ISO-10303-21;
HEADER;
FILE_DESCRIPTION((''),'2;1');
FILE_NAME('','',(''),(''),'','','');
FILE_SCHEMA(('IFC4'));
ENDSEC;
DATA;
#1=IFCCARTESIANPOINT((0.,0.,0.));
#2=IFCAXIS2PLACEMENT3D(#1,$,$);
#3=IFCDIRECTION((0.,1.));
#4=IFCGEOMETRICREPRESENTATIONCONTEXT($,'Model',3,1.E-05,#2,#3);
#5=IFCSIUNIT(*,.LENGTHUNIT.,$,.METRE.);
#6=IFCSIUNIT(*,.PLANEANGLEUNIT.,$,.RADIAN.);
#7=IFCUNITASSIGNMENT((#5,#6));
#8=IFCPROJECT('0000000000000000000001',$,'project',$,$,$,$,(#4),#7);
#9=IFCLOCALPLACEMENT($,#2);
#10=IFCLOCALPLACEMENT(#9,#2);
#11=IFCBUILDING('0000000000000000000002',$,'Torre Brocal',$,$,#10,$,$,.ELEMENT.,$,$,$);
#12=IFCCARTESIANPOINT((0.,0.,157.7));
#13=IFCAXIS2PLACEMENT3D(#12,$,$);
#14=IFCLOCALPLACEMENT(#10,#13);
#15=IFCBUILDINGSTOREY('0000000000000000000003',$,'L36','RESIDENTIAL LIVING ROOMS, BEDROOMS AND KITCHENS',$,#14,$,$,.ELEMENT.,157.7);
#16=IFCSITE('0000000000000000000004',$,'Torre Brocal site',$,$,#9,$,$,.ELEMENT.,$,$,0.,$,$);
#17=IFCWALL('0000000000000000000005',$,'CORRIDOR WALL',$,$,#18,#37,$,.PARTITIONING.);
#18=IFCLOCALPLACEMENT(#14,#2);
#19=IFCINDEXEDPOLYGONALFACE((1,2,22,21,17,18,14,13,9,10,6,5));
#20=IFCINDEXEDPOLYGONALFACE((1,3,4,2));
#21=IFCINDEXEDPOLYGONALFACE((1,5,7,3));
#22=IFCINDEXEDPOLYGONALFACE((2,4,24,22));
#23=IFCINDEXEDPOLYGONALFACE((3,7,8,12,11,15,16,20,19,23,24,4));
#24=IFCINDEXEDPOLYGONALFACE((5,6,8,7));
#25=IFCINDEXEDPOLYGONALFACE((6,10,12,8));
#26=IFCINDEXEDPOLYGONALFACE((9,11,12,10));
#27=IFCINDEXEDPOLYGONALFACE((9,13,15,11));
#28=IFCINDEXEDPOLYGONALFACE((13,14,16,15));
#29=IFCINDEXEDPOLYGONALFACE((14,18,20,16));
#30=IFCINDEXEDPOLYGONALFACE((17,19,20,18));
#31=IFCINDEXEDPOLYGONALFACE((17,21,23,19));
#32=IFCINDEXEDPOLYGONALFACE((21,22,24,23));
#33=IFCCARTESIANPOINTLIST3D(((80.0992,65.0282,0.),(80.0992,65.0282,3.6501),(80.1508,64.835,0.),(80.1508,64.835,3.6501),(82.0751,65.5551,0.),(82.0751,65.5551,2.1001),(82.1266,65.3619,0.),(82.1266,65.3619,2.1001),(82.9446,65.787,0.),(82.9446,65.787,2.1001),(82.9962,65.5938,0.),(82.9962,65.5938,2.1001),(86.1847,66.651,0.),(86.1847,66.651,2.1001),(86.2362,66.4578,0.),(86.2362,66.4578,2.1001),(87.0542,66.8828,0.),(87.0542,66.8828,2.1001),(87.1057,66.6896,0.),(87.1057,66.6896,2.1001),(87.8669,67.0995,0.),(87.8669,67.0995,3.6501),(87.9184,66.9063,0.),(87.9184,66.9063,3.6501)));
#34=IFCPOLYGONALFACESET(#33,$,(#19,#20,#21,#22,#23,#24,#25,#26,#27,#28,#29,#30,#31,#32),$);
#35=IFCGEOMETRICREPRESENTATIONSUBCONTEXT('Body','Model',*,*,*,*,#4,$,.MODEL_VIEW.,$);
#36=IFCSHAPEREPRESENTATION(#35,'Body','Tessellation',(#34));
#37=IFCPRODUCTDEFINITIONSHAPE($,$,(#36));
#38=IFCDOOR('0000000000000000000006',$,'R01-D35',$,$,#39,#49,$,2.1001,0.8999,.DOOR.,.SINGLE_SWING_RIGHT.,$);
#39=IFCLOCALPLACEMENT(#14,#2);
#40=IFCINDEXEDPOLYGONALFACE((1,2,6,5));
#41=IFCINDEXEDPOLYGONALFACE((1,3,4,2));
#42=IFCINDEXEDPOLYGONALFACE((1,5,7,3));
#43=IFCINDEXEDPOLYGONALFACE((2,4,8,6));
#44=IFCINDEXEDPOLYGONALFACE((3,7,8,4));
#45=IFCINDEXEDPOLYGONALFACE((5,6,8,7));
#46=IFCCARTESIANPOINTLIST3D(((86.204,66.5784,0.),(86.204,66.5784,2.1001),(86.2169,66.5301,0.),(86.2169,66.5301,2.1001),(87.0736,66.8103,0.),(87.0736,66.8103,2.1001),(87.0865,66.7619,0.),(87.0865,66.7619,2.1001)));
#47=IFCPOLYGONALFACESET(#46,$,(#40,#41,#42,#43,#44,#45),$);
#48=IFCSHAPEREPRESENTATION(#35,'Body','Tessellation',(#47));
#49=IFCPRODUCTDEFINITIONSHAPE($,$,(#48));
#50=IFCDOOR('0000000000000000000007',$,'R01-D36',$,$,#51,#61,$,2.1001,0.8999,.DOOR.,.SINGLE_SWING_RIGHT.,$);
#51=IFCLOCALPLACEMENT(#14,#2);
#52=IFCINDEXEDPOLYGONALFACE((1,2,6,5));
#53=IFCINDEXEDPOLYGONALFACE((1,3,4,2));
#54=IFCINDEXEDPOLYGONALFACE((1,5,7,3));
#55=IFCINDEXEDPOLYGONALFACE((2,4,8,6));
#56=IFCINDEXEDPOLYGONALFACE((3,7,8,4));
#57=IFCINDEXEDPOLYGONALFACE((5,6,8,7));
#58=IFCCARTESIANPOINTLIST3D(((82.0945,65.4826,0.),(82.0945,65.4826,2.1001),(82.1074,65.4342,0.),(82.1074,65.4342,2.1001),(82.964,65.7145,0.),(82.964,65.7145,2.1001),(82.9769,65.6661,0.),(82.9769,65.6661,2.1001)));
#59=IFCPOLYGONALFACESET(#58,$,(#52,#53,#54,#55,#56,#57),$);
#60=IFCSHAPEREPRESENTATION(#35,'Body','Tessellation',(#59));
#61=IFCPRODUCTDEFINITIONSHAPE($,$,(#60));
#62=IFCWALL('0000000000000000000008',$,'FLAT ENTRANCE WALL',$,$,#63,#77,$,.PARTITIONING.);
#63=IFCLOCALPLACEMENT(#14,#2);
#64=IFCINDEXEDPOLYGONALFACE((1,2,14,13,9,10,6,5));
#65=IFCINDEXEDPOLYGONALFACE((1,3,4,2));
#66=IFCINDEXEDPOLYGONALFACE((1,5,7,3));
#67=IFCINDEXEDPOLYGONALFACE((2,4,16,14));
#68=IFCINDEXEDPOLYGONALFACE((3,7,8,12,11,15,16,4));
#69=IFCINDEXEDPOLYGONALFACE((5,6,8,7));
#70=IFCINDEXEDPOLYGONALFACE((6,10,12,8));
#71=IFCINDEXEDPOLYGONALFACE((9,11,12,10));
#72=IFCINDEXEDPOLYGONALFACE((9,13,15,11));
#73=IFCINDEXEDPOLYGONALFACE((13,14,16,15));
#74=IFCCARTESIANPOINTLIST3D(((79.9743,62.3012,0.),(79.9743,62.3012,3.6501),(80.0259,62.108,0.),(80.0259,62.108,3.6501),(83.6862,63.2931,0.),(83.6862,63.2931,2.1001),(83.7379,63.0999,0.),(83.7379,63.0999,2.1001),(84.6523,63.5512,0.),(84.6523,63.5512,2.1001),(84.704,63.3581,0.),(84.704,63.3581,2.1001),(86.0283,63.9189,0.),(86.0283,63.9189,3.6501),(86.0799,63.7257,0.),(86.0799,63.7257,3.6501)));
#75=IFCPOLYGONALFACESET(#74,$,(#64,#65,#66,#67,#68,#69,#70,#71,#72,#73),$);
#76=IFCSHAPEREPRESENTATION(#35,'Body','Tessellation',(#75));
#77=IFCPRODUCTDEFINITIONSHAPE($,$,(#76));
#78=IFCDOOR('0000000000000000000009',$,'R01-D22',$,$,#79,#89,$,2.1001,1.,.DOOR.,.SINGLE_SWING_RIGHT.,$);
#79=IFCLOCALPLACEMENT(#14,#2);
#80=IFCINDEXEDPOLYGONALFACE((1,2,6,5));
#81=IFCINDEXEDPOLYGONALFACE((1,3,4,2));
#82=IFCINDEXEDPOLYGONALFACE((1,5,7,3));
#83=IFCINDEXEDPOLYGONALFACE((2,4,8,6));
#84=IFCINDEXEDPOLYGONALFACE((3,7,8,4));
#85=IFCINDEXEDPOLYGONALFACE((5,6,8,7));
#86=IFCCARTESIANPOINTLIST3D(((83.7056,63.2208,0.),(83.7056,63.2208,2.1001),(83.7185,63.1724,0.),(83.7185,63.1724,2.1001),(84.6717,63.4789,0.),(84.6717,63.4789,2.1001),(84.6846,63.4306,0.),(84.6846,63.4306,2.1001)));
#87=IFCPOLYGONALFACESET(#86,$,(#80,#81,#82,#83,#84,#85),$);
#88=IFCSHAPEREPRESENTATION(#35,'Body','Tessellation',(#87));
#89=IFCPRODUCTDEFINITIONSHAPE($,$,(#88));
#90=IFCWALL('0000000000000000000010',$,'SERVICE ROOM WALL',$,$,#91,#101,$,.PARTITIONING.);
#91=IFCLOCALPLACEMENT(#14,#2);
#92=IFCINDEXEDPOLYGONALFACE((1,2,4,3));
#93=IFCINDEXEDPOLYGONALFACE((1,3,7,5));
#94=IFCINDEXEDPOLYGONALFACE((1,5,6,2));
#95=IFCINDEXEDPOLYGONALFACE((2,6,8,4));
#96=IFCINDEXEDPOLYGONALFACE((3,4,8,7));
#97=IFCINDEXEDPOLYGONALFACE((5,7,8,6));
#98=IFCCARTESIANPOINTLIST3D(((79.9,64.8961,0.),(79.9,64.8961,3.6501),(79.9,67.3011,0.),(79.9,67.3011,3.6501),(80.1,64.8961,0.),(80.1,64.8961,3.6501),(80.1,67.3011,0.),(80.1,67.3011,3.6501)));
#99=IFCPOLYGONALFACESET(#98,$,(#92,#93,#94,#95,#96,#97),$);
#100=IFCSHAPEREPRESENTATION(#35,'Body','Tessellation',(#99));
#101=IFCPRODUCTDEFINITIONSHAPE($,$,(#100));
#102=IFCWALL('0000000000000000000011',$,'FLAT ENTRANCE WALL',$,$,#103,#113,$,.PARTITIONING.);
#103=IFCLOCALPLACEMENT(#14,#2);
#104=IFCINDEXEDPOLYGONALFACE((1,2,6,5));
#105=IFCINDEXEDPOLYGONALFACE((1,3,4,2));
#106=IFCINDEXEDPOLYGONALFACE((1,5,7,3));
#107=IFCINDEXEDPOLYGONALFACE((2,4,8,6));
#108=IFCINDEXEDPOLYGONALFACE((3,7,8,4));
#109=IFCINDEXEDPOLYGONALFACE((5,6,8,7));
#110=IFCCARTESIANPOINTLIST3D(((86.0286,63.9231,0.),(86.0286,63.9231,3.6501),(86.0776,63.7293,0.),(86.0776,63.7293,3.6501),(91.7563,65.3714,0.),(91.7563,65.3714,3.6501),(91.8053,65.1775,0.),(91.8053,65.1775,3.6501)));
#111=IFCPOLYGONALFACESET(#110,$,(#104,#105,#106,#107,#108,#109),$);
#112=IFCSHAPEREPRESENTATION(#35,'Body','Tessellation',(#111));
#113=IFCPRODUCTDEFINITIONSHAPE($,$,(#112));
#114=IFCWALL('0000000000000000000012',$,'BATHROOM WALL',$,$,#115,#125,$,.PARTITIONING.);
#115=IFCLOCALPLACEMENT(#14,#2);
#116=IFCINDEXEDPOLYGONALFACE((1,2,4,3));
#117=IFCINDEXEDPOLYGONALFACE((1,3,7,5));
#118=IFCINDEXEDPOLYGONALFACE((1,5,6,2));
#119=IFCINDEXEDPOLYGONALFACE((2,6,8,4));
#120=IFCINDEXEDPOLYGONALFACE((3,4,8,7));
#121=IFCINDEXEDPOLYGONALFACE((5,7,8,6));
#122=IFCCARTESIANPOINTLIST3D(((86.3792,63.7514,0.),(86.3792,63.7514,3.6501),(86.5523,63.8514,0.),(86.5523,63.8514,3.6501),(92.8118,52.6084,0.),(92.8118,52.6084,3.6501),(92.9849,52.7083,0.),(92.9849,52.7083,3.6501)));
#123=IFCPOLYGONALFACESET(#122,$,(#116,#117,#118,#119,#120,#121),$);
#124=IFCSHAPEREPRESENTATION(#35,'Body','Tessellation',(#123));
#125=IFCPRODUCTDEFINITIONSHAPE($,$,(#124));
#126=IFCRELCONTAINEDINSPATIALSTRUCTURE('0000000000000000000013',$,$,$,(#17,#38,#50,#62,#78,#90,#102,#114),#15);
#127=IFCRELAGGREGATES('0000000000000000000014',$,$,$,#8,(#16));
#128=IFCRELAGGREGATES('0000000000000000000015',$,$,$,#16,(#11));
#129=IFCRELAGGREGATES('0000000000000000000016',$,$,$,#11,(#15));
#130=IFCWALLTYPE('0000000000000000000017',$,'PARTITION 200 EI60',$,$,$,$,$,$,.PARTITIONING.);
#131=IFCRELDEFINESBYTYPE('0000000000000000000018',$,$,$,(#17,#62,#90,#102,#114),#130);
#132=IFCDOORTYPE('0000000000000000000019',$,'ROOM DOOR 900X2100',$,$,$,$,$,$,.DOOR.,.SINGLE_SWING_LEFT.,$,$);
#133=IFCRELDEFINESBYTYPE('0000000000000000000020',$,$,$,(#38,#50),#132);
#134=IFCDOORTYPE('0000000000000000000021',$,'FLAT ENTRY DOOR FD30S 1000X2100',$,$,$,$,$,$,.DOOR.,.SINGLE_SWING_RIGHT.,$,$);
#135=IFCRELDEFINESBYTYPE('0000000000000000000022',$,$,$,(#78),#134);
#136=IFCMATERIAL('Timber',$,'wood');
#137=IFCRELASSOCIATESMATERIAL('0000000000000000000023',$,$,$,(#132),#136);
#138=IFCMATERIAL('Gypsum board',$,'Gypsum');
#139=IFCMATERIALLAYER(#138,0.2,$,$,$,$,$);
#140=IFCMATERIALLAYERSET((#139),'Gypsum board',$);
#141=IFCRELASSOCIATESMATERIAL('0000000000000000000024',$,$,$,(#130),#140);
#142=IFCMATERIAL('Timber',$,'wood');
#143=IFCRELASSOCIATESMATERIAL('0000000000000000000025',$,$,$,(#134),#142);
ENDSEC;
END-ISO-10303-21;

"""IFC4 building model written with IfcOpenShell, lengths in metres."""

from ifc_helpers import new_model, si_unit, direction, frame, frame_2d, origin, place, context, subcontext, project, spatial, rectangle, extrude, material, layer, layer_set, type_object, element, fill, save


model = new_model("IFC4")

# Units and contexts
model_context = context("Model", 3, precision=1e-05, world=origin(), true_north=direction((0.0, 1.0)))
body_context = subcontext(model_context, "Body", "Model", "MODEL_VIEW")
ifc_project = project(units=[si_unit("LENGTHUNIT", "METRE"), si_unit("PLANEANGLEUNIT", "RADIAN")], contexts=[model_context])

# Site, building, storey
site_placement = place(None, origin())
site = spatial("IfcSite", under=ifc_project, at=site_placement, Name="Torre Brocal site", CompositionType="ELEMENT", RefElevation=0.0)
building_placement = place(site_placement, origin())
building = spatial("IfcBuilding", under=site, at=building_placement, Name="Torre Brocal", CompositionType="ELEMENT")
storey_placement = place(building_placement, frame((0.0, 0.0, 157.7)))
storey = spatial("IfcBuildingStorey", under=building, at=storey_placement, Name="L36", Description="RESIDENTIAL LIVING ROOMS, BEDROOMS AND KITCHENS", CompositionType="ELEMENT", Elevation=157.7)

# Wall, openings, doors
ifc_material_1 = material(Name="Timber", Category="wood")
door_type_1 = type_object("IfcDoorType", Name="ROOM DOOR 900X2100", OperationType="SINGLE_SWING_LEFT", PredefinedType="DOOR", material=ifc_material_1)
ifc_material_2 = material(Name="Gypsum board", Category="Gypsum")
ifc_layer_1 = layer(ifc_material_2, 0.2)
ifc_layer_set_1 = layer_set([ifc_layer_1], Name="Gypsum board")
wall_type_1 = type_object("IfcWallType", Name="PARTITION 200 EI60", PredefinedType="PARTITIONING", material=ifc_layer_set_1)
wall_1_placement = place(storey_placement, frame((80.125, 64.9316, 0.0), z_axis=(0.0, 0.0, 1.0), x_axis=(0.966237, 0.257655, 0.0)))
wall_1 = element("IfcWall", 1, at=wall_1_placement, inside=storey, type_object=wall_type_1, Name="CORRIDOR WALL", PredefinedType="PARTITIONING", context=body_context, shape_type="SweptSolid", body=[
    extrude(rectangle(XDim=8.0391, YDim=0.2, at=frame_2d((4.0195, 0.0))), origin(), (0.0, 0.0, 1.0), 3.6501),
])
opening_1_placement = place(wall_1_placement, frame((6.2981, 0.0, 0.0)))
opening_1 = element("IfcOpeningElement", 2, at=opening_1_placement, cuts=wall_1, PredefinedType="OPENING", context=body_context, shape_type="SweptSolid", body=[
    extrude(rectangle(XDim=0.8999, YDim=2.1001, at=frame_2d((0.45, 1.05))), frame((0.0, 0.1099, 0.0), z_axis=(0.0, -1.0, 0.0), x_axis=(1.0, 0.0, 0.0)), (0.0, 0.0, 1.0), 0.22),
])
opening_2_placement = place(wall_1_placement, frame((2.0449, 0.0, 0.0)))
opening_2 = element("IfcOpeningElement", 3, at=opening_2_placement, cuts=wall_1, PredefinedType="OPENING", context=body_context, shape_type="SweptSolid", body=[
    extrude(rectangle(XDim=0.8999, YDim=2.1001, at=frame_2d((0.45, 1.05))), frame((0.0, 0.1099, 0.0), z_axis=(0.0, -1.0, 0.0), x_axis=(1.0, 0.0, 0.0)), (0.0, 0.0, 1.0), 0.22),
])
door_1_placement = place(opening_1_placement, origin())
door_1 = element("IfcDoor", 4, at=door_1_placement, inside=storey, type_object=door_type_1, Name="R01-D35", OperationType="SINGLE_SWING_RIGHT", OverallHeight=2.1001, OverallWidth=0.8999, PredefinedType="DOOR", context=body_context, shape_type="SweptSolid", body=[
    extrude(rectangle(XDim=0.8999, YDim=2.1001, at=frame_2d((0.45, 1.05))), frame((0.0, 0.0249, 0.0), z_axis=(0.0, -1.0, 0.0), x_axis=(1.0, 0.0, 0.0)), (0.0, 0.0, 1.0), 0.05),
])
fill(opening_1, door_1)
door_2_placement = place(opening_2_placement, origin())
door_2 = element("IfcDoor", 5, at=door_2_placement, inside=storey, type_object=door_type_1, Name="R01-D36", OperationType="SINGLE_SWING_RIGHT", OverallHeight=2.1001, OverallWidth=0.8999, PredefinedType="DOOR", context=body_context, shape_type="SweptSolid", body=[
    extrude(rectangle(XDim=0.8999, YDim=2.1001, at=frame_2d((0.45, 1.05))), frame((0.0, 0.0249, 0.0), z_axis=(0.0, -1.0, 0.0), x_axis=(1.0, 0.0, 0.0)), (0.0, 0.0, 1.0), 0.05),
])
fill(opening_2, door_2)

# Wall, opening, door
wall_2_placement = place(storey_placement, frame((80.0, 62.2046, 0.0), z_axis=(0.0, 0.0, 1.0), x_axis=(0.966104, 0.258152, 0.0)))
wall_2 = element("IfcWall", 6, at=wall_2_placement, inside=storey, type_object=wall_type_1, Name="FLAT ENTRANCE WALL", PredefinedType="PARTITIONING", context=body_context, shape_type="SweptSolid", body=[
    extrude(rectangle(XDim=6.2664, YDim=0.2, at=frame_2d((3.1333, 0.0))), origin(), (0.0, 0.0, 1.0), 3.6501),
])
opening_3_placement = place(wall_2_placement, frame((3.8423, 0.0, 0.0)))
opening_3 = element("IfcOpeningElement", 7, at=opening_3_placement, cuts=wall_2, PredefinedType="OPENING", context=body_context, shape_type="SweptSolid", body=[
    extrude(rectangle(XDim=1.0, YDim=2.1001, at=frame_2d((0.5, 1.05))), frame((0.0, 0.1099, 0.0), z_axis=(0.0, -1.0, 0.0), x_axis=(1.0, 0.0, 0.0)), (0.0, 0.0, 1.0), 0.22),
])
ifc_material_3 = material(Name="Timber", Category="wood")
door_type_2 = type_object("IfcDoorType", Name="FLAT ENTRY DOOR FD30S 1000X2100", OperationType="SINGLE_SWING_RIGHT", PredefinedType="DOOR", material=ifc_material_3)
door_3_placement = place(opening_3_placement, frame((1.0, 0.0, 0.0), z_axis=(0.0, 0.0, 1.0), x_axis=(-1.0, 0.0, 0.0)))
door_3 = element("IfcDoor", 8, at=door_3_placement, inside=storey, type_object=door_type_2, Name="R01-D22", OperationType="SINGLE_SWING_RIGHT", OverallHeight=2.1001, OverallWidth=1.0, PredefinedType="DOOR", context=body_context, shape_type="SweptSolid", body=[
    extrude(rectangle(XDim=1.0, YDim=2.1001, at=frame_2d((0.5, 1.05))), frame((0.0, 0.0249, 0.0), z_axis=(0.0, -1.0, 0.0), x_axis=(1.0, 0.0, 0.0)), (0.0, 0.0, 1.0), 0.05),
])
fill(opening_3, door_3)

# Walls
wall_3_placement = place(storey_placement, frame((80.0, 64.896, 0.0), z_axis=(0.0, 0.0, 1.0), x_axis=(0.0, 1.0, 0.0)))
element("IfcWall", 9, at=wall_3_placement, inside=storey, type_object=wall_type_1, Name="SERVICE ROOM WALL", PredefinedType="PARTITIONING", context=body_context, shape_type="SweptSolid", body=[
    extrude(rectangle(XDim=2.405, YDim=0.2, at=frame_2d((1.2026, 0.0))), origin(), (0.0, 0.0, 1.0), 3.6501),
])
wall_4_placement = place(storey_placement, frame((86.053, 63.8262, 0.0), z_axis=(0.0, 0.0, 1.0), x_axis=(0.96949, 0.245131, 0.0)))
element("IfcWall", 10, at=wall_4_placement, inside=storey, type_object=wall_type_1, Name="FLAT ENTRANCE WALL", PredefinedType="PARTITIONING", context=body_context, shape_type="SweptSolid", body=[
    extrude(rectangle(XDim=5.908, YDim=0.2, at=frame_2d((2.9541, 0.0))), origin(), (0.0, 0.0, 1.0), 3.6501),
])
wall_5_placement = place(storey_placement, frame((86.4658, 63.8013, 0.0), z_axis=(0.0, 0.0, 1.0), x_axis=(0.499951, -0.866054, 0.0)))
element("IfcWall", 11, at=wall_5_placement, inside=storey, type_object=wall_type_1, Name="BATHROOM WALL", PredefinedType="PARTITIONING", context=body_context, shape_type="SweptSolid", body=[
    extrude(rectangle(XDim=12.8665, YDim=0.2, at=frame_2d((6.4331, 0.0))), origin(), (0.0, 0.0, 1.0), 3.6501),
])

save(model, "model.ifc")
